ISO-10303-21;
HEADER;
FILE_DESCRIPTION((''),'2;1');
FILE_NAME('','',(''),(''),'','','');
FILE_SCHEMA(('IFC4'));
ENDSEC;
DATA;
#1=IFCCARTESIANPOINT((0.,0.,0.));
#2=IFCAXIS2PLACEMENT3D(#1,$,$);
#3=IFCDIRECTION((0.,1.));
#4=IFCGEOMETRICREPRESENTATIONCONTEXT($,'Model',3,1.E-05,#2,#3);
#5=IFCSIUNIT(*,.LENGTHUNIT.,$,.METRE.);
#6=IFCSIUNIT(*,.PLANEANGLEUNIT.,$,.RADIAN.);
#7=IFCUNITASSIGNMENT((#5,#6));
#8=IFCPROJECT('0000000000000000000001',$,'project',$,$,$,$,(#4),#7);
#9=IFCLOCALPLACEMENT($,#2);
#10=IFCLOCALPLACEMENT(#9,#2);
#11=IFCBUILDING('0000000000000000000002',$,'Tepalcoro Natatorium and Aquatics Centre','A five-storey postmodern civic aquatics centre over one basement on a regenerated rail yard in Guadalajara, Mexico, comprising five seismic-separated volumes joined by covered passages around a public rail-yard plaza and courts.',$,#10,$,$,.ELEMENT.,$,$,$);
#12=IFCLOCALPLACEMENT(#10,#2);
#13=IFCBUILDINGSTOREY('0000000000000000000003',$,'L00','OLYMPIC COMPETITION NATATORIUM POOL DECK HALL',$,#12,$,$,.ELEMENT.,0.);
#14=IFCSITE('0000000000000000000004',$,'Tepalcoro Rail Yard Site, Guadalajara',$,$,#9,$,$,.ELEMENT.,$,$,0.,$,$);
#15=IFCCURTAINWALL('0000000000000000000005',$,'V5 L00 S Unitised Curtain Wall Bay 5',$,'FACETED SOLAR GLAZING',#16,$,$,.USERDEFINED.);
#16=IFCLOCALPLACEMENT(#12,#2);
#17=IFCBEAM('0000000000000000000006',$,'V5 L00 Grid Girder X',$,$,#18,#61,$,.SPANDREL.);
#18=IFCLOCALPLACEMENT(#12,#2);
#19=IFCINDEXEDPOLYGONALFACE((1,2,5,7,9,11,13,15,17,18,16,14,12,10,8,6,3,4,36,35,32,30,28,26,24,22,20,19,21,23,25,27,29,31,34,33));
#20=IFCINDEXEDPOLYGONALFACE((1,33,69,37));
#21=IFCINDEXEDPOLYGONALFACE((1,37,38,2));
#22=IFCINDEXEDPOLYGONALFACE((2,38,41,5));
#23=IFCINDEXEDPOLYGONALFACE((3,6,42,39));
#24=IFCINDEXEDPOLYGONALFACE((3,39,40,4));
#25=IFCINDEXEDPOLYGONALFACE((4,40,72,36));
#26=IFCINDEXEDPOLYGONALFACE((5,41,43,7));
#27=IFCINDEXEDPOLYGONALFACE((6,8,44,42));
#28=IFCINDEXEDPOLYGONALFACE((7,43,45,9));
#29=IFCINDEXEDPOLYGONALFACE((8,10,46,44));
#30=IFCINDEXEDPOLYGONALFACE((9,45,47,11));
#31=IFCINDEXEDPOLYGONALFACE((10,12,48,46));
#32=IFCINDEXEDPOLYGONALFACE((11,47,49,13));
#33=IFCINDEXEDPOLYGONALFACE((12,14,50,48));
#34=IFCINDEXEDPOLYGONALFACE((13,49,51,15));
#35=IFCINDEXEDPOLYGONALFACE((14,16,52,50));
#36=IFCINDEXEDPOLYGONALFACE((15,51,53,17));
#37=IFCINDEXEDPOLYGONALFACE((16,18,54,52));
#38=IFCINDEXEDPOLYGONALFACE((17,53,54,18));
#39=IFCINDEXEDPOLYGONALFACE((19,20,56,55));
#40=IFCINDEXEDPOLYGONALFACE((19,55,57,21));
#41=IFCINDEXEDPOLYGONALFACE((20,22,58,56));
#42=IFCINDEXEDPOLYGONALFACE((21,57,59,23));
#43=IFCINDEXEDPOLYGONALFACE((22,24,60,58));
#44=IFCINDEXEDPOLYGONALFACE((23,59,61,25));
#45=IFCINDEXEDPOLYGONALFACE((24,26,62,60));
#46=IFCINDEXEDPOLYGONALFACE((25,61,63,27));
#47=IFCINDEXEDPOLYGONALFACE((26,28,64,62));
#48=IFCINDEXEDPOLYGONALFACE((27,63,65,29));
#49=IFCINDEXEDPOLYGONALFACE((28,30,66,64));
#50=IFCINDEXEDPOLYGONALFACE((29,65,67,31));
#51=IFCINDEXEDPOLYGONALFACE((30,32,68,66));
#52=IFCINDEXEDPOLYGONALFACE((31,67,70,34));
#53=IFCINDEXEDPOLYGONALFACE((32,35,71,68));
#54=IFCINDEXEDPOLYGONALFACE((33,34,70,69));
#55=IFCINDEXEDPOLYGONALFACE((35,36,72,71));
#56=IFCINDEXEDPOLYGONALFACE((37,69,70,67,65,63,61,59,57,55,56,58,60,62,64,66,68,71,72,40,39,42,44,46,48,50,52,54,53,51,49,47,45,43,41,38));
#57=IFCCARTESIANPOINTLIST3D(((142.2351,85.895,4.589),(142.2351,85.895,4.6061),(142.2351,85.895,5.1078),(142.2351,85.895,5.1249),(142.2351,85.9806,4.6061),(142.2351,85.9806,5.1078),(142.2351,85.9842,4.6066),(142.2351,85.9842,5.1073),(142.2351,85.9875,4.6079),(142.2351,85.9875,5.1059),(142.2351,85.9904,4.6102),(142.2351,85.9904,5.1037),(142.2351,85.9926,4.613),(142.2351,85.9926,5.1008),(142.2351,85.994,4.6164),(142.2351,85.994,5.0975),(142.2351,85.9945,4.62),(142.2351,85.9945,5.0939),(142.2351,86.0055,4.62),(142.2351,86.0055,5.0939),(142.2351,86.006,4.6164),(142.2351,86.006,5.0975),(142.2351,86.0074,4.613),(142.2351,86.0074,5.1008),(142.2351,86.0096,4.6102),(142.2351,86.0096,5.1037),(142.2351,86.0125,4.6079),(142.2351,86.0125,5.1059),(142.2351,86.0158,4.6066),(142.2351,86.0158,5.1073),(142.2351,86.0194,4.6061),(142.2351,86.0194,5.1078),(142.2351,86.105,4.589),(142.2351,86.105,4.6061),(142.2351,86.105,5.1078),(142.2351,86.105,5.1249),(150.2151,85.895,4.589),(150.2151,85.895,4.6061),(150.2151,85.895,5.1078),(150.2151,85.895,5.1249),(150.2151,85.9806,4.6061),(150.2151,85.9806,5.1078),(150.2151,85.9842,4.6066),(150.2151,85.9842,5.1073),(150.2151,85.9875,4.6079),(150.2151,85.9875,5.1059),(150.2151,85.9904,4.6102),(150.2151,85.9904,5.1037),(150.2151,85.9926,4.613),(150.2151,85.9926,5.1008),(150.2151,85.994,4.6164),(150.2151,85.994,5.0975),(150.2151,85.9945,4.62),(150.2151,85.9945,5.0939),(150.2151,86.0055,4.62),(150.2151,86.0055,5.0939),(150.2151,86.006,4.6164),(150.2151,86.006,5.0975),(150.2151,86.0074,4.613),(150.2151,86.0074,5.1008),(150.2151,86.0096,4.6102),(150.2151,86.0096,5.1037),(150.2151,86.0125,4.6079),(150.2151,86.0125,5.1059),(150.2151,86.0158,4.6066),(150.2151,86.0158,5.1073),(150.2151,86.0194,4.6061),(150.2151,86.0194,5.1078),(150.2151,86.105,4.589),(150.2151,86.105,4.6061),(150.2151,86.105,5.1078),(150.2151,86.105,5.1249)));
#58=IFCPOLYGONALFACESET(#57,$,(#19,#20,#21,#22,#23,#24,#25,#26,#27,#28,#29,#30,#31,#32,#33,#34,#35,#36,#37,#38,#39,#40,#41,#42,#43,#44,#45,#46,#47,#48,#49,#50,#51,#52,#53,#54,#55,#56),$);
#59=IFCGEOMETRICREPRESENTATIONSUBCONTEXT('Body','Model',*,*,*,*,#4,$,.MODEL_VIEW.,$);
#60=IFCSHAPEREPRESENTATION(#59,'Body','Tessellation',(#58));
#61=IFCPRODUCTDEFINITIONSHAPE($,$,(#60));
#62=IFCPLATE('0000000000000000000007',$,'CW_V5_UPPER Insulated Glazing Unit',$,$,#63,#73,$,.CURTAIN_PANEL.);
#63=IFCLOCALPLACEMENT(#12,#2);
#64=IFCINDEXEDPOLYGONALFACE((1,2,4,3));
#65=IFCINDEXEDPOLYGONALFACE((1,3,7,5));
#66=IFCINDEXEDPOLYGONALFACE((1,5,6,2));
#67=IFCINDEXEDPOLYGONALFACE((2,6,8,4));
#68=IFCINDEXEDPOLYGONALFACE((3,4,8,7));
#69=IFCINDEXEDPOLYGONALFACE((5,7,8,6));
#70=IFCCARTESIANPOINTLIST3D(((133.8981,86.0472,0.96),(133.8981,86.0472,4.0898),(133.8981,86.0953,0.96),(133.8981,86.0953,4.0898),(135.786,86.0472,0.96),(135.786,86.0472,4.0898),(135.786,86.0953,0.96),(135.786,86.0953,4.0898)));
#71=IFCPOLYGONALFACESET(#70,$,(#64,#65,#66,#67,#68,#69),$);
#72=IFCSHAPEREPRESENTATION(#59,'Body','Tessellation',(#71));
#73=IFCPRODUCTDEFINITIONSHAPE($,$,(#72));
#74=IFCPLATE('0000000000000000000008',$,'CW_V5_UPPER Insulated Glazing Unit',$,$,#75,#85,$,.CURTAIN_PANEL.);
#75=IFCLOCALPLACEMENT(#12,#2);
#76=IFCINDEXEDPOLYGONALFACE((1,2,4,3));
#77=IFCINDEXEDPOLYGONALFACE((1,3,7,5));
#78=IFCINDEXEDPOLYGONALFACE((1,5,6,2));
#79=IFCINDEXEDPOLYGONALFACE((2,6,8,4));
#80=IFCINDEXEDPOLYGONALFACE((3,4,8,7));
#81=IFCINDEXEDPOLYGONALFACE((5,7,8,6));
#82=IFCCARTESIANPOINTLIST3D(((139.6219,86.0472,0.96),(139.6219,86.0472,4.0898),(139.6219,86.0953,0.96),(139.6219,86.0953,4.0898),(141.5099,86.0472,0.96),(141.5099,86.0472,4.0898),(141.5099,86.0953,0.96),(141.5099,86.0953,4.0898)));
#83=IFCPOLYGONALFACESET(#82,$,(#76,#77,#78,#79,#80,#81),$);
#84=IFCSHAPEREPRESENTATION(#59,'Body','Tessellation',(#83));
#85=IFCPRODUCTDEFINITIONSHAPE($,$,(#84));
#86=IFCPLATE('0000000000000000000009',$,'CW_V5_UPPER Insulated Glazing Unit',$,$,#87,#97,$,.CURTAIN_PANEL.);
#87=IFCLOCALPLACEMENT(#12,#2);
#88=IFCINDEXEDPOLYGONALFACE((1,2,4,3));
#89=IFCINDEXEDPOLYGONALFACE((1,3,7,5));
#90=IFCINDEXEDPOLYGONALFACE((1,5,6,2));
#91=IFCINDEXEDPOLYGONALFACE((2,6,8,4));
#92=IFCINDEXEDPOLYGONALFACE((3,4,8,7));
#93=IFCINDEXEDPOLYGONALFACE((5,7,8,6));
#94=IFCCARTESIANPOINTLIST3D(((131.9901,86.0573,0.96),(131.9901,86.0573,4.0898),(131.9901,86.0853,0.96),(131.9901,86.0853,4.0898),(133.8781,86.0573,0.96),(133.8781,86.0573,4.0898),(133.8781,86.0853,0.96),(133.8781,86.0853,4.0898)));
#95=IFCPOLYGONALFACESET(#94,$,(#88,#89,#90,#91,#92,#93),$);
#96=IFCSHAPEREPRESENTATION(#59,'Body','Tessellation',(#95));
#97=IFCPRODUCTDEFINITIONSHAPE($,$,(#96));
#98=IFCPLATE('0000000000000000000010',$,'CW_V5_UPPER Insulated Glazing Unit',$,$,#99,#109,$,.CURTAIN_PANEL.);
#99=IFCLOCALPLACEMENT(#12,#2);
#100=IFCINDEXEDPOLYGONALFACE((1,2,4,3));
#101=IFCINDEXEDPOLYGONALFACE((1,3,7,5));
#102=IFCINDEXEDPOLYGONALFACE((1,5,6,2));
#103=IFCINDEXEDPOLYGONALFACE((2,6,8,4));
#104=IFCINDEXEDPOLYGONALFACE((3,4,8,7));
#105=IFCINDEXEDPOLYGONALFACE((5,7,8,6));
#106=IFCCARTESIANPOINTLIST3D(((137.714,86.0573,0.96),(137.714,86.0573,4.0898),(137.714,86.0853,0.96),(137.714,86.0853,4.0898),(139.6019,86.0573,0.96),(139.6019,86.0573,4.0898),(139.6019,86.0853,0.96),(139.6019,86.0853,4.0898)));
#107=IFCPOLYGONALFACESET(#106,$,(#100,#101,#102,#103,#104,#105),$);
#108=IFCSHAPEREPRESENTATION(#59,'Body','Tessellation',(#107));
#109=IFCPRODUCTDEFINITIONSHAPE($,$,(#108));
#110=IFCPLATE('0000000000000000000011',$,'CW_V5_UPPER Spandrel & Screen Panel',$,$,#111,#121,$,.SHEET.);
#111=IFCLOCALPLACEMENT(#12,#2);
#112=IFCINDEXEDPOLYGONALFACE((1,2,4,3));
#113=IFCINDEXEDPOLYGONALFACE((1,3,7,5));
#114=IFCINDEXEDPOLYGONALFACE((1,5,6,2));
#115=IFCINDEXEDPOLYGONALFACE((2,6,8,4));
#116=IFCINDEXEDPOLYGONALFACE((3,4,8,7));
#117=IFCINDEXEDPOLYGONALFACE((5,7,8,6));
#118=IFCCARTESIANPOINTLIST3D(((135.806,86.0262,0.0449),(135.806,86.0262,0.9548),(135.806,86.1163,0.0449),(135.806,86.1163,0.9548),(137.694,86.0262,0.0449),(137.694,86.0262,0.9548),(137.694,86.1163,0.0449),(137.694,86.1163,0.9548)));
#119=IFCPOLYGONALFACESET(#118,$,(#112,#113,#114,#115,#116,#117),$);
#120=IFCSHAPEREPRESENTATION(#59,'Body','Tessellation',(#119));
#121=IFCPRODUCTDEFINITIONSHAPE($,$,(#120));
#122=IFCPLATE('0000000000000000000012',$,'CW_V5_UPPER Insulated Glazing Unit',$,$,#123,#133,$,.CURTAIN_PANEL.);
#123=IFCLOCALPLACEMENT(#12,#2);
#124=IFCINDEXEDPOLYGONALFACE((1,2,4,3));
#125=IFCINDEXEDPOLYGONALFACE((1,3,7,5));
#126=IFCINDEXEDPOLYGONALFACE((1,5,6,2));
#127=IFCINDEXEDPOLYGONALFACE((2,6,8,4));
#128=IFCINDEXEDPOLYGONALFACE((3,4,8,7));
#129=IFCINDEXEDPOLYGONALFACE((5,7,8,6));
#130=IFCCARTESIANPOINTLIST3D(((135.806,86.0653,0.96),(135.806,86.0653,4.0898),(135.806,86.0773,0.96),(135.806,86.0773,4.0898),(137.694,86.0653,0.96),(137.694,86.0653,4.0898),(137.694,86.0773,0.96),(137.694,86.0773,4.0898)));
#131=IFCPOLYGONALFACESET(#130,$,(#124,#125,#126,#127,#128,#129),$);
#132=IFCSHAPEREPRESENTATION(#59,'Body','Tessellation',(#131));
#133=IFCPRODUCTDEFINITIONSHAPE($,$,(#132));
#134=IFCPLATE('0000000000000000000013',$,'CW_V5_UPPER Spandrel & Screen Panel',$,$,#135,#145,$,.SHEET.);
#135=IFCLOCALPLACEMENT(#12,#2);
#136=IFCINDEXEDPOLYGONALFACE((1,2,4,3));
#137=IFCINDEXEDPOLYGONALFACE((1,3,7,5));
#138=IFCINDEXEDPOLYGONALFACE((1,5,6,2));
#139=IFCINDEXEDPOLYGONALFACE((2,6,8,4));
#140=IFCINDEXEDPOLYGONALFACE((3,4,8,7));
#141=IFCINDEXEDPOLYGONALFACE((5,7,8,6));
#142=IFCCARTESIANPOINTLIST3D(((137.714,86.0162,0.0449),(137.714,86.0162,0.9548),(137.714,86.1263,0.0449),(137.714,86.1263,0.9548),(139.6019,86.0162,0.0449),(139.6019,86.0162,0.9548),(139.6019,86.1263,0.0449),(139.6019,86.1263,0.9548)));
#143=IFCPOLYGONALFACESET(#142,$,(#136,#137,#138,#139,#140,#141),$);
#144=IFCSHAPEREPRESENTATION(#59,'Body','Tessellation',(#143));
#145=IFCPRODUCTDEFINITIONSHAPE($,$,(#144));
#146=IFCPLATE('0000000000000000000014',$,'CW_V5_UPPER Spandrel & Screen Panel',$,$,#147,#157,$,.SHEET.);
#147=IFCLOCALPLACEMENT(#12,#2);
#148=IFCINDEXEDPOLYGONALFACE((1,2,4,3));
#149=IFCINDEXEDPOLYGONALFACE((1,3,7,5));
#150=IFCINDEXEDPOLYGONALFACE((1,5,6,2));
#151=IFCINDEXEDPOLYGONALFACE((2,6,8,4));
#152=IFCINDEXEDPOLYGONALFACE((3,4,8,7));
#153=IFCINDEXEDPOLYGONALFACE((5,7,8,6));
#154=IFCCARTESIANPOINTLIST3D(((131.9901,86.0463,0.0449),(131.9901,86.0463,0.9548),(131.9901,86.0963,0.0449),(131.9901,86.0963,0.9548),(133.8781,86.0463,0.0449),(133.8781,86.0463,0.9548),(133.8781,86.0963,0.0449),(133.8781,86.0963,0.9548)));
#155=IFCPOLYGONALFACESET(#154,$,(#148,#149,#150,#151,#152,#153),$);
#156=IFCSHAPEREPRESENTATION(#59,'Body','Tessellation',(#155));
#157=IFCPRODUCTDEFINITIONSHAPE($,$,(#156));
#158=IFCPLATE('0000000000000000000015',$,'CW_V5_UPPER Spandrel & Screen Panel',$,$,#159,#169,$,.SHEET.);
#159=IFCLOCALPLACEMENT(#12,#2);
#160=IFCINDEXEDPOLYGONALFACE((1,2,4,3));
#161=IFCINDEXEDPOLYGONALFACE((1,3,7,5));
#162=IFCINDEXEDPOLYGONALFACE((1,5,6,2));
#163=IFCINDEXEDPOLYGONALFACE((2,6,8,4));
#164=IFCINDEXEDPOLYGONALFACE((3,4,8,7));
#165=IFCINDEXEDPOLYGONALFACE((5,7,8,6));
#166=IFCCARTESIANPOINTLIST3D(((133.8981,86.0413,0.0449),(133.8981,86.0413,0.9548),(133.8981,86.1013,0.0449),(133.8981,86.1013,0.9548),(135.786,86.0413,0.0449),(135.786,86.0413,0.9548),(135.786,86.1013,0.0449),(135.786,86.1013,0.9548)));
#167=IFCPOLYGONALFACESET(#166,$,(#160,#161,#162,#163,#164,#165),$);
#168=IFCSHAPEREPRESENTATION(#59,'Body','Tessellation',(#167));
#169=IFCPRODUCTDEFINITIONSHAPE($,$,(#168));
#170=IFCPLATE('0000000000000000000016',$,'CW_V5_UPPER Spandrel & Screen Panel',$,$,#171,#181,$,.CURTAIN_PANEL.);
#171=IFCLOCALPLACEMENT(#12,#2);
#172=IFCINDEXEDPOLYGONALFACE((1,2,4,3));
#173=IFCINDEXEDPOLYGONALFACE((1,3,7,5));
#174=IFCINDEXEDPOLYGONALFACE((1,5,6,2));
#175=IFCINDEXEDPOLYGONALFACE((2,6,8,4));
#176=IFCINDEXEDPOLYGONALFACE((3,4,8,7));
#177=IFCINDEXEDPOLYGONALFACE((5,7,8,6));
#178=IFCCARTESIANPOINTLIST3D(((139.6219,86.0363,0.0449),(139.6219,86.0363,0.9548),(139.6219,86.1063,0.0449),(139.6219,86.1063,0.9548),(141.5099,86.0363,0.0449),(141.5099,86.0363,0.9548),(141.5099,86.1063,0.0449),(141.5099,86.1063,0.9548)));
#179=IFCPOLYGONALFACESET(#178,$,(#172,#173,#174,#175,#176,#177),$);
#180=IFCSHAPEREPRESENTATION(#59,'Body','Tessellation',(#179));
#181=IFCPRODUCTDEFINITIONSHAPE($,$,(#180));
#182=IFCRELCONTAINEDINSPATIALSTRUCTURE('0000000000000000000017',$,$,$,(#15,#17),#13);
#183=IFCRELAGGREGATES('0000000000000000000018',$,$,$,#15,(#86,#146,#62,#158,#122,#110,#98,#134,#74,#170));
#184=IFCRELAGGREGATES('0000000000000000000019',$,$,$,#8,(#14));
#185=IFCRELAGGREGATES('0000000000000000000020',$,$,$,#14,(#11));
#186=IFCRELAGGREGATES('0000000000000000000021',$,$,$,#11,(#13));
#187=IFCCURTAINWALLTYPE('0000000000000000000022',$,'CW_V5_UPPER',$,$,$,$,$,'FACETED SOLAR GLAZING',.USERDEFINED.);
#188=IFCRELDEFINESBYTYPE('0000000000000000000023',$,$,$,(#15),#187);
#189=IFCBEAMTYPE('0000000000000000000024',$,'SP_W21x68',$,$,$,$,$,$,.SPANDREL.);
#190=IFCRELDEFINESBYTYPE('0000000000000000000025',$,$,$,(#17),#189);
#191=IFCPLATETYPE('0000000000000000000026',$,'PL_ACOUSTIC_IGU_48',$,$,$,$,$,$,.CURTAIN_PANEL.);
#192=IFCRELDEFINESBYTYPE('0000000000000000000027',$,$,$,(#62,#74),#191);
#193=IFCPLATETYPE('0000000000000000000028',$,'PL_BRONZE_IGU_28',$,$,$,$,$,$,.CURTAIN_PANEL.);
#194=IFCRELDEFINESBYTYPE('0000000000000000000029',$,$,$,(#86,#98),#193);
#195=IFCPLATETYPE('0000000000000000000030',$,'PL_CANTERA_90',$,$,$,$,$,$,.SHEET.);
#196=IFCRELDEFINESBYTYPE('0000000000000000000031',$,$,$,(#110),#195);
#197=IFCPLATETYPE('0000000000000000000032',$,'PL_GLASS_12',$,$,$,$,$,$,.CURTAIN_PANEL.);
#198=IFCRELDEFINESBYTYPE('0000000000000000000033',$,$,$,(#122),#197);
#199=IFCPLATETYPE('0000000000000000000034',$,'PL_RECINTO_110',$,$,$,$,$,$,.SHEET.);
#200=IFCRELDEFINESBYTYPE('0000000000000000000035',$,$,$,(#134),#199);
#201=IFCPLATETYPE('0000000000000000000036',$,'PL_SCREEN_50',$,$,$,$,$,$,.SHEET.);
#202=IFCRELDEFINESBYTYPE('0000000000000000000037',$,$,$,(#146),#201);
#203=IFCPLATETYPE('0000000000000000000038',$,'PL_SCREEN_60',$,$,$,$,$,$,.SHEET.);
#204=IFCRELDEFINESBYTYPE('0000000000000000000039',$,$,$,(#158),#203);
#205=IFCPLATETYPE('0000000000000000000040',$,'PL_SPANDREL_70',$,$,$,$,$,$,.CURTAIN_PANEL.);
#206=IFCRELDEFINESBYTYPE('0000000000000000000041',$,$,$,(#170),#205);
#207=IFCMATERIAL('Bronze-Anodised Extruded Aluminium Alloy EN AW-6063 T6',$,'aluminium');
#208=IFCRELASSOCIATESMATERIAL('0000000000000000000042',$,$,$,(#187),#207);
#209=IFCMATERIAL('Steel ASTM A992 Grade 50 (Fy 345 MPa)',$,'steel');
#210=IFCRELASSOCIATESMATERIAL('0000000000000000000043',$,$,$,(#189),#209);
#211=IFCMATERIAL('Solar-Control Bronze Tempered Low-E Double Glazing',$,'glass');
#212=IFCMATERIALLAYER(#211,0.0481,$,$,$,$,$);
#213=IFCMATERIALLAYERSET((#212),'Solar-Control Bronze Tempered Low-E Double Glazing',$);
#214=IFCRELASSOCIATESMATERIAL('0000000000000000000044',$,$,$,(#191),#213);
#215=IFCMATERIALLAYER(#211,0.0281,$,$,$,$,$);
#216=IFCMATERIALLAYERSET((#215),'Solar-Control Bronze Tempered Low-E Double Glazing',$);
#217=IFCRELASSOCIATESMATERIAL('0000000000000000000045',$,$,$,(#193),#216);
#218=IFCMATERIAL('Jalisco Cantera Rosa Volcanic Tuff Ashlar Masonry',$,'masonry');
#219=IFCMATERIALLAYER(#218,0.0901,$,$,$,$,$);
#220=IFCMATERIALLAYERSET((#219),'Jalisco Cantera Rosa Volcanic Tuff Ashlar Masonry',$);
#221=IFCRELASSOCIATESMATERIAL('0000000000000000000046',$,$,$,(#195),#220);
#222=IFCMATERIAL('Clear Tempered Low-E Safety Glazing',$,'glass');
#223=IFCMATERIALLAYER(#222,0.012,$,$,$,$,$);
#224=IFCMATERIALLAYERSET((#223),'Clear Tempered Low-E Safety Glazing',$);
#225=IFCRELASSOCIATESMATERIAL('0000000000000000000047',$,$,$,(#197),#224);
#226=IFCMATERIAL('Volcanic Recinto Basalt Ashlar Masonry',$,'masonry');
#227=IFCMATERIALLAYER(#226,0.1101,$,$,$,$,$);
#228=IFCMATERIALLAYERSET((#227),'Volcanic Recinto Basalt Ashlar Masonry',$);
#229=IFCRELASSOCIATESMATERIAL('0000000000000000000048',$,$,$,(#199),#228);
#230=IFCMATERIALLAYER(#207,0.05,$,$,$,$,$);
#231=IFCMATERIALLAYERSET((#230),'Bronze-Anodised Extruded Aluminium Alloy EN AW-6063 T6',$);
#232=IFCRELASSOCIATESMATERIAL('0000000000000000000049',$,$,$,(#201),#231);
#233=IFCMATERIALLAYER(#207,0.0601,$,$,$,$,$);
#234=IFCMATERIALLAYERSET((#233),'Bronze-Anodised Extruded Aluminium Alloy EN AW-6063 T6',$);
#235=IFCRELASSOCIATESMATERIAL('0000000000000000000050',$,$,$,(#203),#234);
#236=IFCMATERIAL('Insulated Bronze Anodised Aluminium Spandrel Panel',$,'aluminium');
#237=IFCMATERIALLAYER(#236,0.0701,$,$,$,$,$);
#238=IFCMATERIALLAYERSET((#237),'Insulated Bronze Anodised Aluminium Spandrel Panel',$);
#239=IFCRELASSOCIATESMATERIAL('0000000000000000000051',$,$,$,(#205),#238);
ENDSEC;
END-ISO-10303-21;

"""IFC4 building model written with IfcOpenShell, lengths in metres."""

from ifc_helpers import new_model, si_unit, direction, frame, origin, origin_2d, place, context, subcontext, project, spatial, rectangle, i_section, extrude, material, layer, layer_set, material_profile, profile_set, type_object, element, aggregate, save


model = new_model("IFC4")

# Units and contexts
model_context = context("Model", 3, precision=1e-05, world=origin(), true_north=direction((0.0, 1.0)))
body_context = subcontext(model_context, "Body", "Model", "MODEL_VIEW")
ifc_project = project(units=[si_unit("LENGTHUNIT", "METRE"), si_unit("PLANEANGLEUNIT", "RADIAN")], contexts=[model_context])

# Site, building, storey
site_placement = place(None, origin())
site = spatial("IfcSite", under=ifc_project, at=site_placement, Name="Tepalcoro Rail Yard Site, Guadalajara", CompositionType="ELEMENT", RefElevation=0.0)
building_placement = place(site_placement, origin())
building = spatial("IfcBuilding", under=site, at=building_placement, Name="Tepalcoro Natatorium and Aquatics Centre", Description="A five-storey postmodern civic aquatics centre over one basement on a regenerated rail yard in Guadalajara, Mexico, comprising five seismic-separated volumes joined by covered passages around a public rail-yard plaza and courts.", CompositionType="ELEMENT")
storey_placement = place(building_placement, origin())
storey = spatial("IfcBuildingStorey", under=building, at=storey_placement, Name="L00", Description="OLYMPIC COMPETITION NATATORIUM POOL DECK HALL", CompositionType="ELEMENT", Elevation=0.0)

# Shared definitions
ifc_material_1 = material(Name="Bronze-Anodised Extruded Aluminium Alloy EN AW-6063 T6", Category="aluminium")

# Curtain wall
curtain_wall_type_1 = type_object("IfcCurtainWallType", Name="CW_V5_UPPER", ElementType="FACETED SOLAR GLAZING", PredefinedType="USERDEFINED", material=ifc_material_1)
curtain_wall_1_placement = place(storey_placement, origin())
curtain_wall_1 = element("IfcCurtainWall", 1, at=curtain_wall_1_placement, inside=storey, type_object=curtain_wall_type_1, Name="V5 L00 S Unitised Curtain Wall Bay 5", ObjectType="FACETED SOLAR GLAZING", PredefinedType="USERDEFINED")

# Beam
ifc_material_2 = material(Name="Steel ASTM A992 Grade 50 (Fy 345 MPa)", Category="steel")
ifc_material_profile_1 = material_profile(ifc_material_2, i_section(OverallWidth=0.21, OverallDepth=0.5359, WebThickness=0.011, FlangeThickness=0.0171, FilletRadius=0.0139, at=origin_2d()), Name="W21X68")
ifc_profile_set_1 = profile_set([ifc_material_profile_1], Name="Steel ASTM A992 Grade 50 (Fy 345 MPa)")
beam_type_1 = type_object("IfcBeamType", Name="SP_W21x68", PredefinedType="SPANDREL", material=ifc_profile_set_1)
beam_1_placement = place(storey_placement, frame((142.2351, 86.0, 4.8569), z_axis=(1.0, 0.0, 0.0), x_axis=(0.0, 1.0, 0.0)))
element("IfcBeam", 2, at=beam_1_placement, inside=storey, type_object=beam_type_1, Name="V5 L00 Grid Girder X", PredefinedType="SPANDREL", context=body_context, shape_type="SweptSolid", body=[
    extrude(i_section(OverallWidth=0.21, OverallDepth=0.5359, WebThickness=0.011, FlangeThickness=0.0171, FilletRadius=0.0139, at=origin_2d()), origin(), (0.0, 0.0, 1.0), 7.98),
])

# Plates
ifc_material_3 = material(Name="Solar-Control Bronze Tempered Low-E Double Glazing", Category="glass")
ifc_layer_1 = layer(ifc_material_3, 0.0481)
ifc_layer_set_1 = layer_set([ifc_layer_1], Name="Solar-Control Bronze Tempered Low-E Double Glazing")
plate_type_1 = type_object("IfcPlateType", Name="PL_ACOUSTIC_IGU_48", PredefinedType="CURTAIN_PANEL", material=ifc_layer_set_1)
plate_1_placement = place(storey_placement, frame((134.842, 86.0713, 0.96), z_axis=(0.0, 0.0, 1.0), x_axis=(1.0, 0.0, 0.0)))
plate_1 = element("IfcPlate", 3, at=plate_1_placement, type_object=plate_type_1, Name="CW_V5_UPPER Insulated Glazing Unit", PredefinedType="CURTAIN_PANEL", context=body_context, shape_type="SweptSolid", body=[
    extrude(rectangle(XDim=1.8879, YDim=0.0481, at=origin_2d()), origin(), (0.0, 0.0, 1.0), 3.1299),
])
plate_2_placement = place(storey_placement, frame((140.5659, 86.0713, 0.96), z_axis=(0.0, 0.0, 1.0), x_axis=(1.0, 0.0, 0.0)))
plate_2 = element("IfcPlate", 4, at=plate_2_placement, type_object=plate_type_1, Name="CW_V5_UPPER Insulated Glazing Unit", PredefinedType="CURTAIN_PANEL", context=body_context, shape_type="SweptSolid", body=[
    extrude(rectangle(XDim=1.8879, YDim=0.0481, at=origin_2d()), origin(), (0.0, 0.0, 1.0), 3.1299),
])
ifc_layer_2 = layer(ifc_material_3, 0.0281)
ifc_layer_set_2 = layer_set([ifc_layer_2], Name="Solar-Control Bronze Tempered Low-E Double Glazing")
plate_type_2 = type_object("IfcPlateType", Name="PL_BRONZE_IGU_28", PredefinedType="CURTAIN_PANEL", material=ifc_layer_set_2)
plate_3_placement = place(storey_placement, frame((132.9341, 86.0713, 0.96), z_axis=(0.0, 0.0, 1.0), x_axis=(1.0, 0.0, 0.0)))
plate_3 = element("IfcPlate", 5, at=plate_3_placement, type_object=plate_type_2, Name="CW_V5_UPPER Insulated Glazing Unit", PredefinedType="CURTAIN_PANEL", context=body_context, shape_type="SweptSolid", body=[
    extrude(rectangle(XDim=1.8879, YDim=0.0281, at=origin_2d()), origin(), (0.0, 0.0, 1.0), 3.1299),
])
plate_4_placement = place(storey_placement, frame((138.658, 86.0713, 0.96), z_axis=(0.0, 0.0, 1.0), x_axis=(1.0, 0.0, 0.0)))
plate_4 = element("IfcPlate", 6, at=plate_4_placement, type_object=plate_type_2, Name="CW_V5_UPPER Insulated Glazing Unit", PredefinedType="CURTAIN_PANEL", context=body_context, shape_type="SweptSolid", body=[
    extrude(rectangle(XDim=1.8879, YDim=0.0281, at=origin_2d()), origin(), (0.0, 0.0, 1.0), 3.1299),
])
ifc_material_4 = material(Name="Jalisco Cantera Rosa Volcanic Tuff Ashlar Masonry", Category="masonry")
ifc_layer_3 = layer(ifc_material_4, 0.0901)
ifc_layer_set_3 = layer_set([ifc_layer_3], Name="Jalisco Cantera Rosa Volcanic Tuff Ashlar Masonry")
plate_type_3 = type_object("IfcPlateType", Name="PL_CANTERA_90", PredefinedType="SHEET", material=ifc_layer_set_3)
plate_5_placement = place(storey_placement, frame((136.75, 86.0713, 0.0449), z_axis=(0.0, 0.0, 1.0), x_axis=(1.0, 0.0, 0.0)))
plate_5 = element("IfcPlate", 7, at=plate_5_placement, type_object=plate_type_3, Name="CW_V5_UPPER Spandrel & Screen Panel", PredefinedType="SHEET", context=body_context, shape_type="SweptSolid", body=[
    extrude(rectangle(XDim=1.8879, YDim=0.0901, at=origin_2d()), origin(), (0.0, 0.0, 1.0), 0.9099),
])
ifc_material_5 = material(Name="Clear Tempered Low-E Safety Glazing", Category="glass")
ifc_layer_4 = layer(ifc_material_5, 0.012)
ifc_layer_set_4 = layer_set([ifc_layer_4], Name="Clear Tempered Low-E Safety Glazing")
plate_type_4 = type_object("IfcPlateType", Name="PL_GLASS_12", PredefinedType="CURTAIN_PANEL", material=ifc_layer_set_4)
plate_6_placement = place(storey_placement, frame((136.75, 86.0713, 0.96), z_axis=(0.0, 0.0, 1.0), x_axis=(1.0, 0.0, 0.0)))
plate_6 = element("IfcPlate", 8, at=plate_6_placement, type_object=plate_type_4, Name="CW_V5_UPPER Insulated Glazing Unit", PredefinedType="CURTAIN_PANEL", context=body_context, shape_type="SweptSolid", body=[
    extrude(rectangle(XDim=1.8879, YDim=0.012, at=origin_2d()), origin(), (0.0, 0.0, 1.0), 3.1299),
])
ifc_material_6 = material(Name="Volcanic Recinto Basalt Ashlar Masonry", Category="masonry")
ifc_layer_5 = layer(ifc_material_6, 0.1101)
ifc_layer_set_5 = layer_set([ifc_layer_5], Name="Volcanic Recinto Basalt Ashlar Masonry")
plate_type_5 = type_object("IfcPlateType", Name="PL_RECINTO_110", PredefinedType="SHEET", material=ifc_layer_set_5)
plate_7_placement = place(storey_placement, frame((138.658, 86.0713, 0.0449), z_axis=(0.0, 0.0, 1.0), x_axis=(1.0, 0.0, 0.0)))
plate_7 = element("IfcPlate", 9, at=plate_7_placement, type_object=plate_type_5, Name="CW_V5_UPPER Spandrel & Screen Panel", PredefinedType="SHEET", context=body_context, shape_type="SweptSolid", body=[
    extrude(rectangle(XDim=1.8879, YDim=0.1101, at=origin_2d()), origin(), (0.0, 0.0, 1.0), 0.9099),
])
ifc_layer_6 = layer(ifc_material_1, 0.05)
ifc_layer_set_6 = layer_set([ifc_layer_6], Name="Bronze-Anodised Extruded Aluminium Alloy EN AW-6063 T6")
plate_type_6 = type_object("IfcPlateType", Name="PL_SCREEN_50", PredefinedType="SHEET", material=ifc_layer_set_6)
plate_8_placement = place(storey_placement, frame((132.9341, 86.0713, 0.0449), z_axis=(0.0, 0.0, 1.0), x_axis=(1.0, 0.0, 0.0)))
plate_8 = element("IfcPlate", 10, at=plate_8_placement, type_object=plate_type_6, Name="CW_V5_UPPER Spandrel & Screen Panel", PredefinedType="SHEET", context=body_context, shape_type="SweptSolid", body=[
    extrude(rectangle(XDim=1.8879, YDim=0.05, at=origin_2d()), origin(), (0.0, 0.0, 1.0), 0.9099),
])
ifc_layer_7 = layer(ifc_material_1, 0.0601)
ifc_layer_set_7 = layer_set([ifc_layer_7], Name="Bronze-Anodised Extruded Aluminium Alloy EN AW-6063 T6")
plate_type_7 = type_object("IfcPlateType", Name="PL_SCREEN_60", PredefinedType="SHEET", material=ifc_layer_set_7)
plate_9_placement = place(storey_placement, frame((134.842, 86.0713, 0.0449), z_axis=(0.0, 0.0, 1.0), x_axis=(1.0, 0.0, 0.0)))
plate_9 = element("IfcPlate", 11, at=plate_9_placement, type_object=plate_type_7, Name="CW_V5_UPPER Spandrel & Screen Panel", PredefinedType="SHEET", context=body_context, shape_type="SweptSolid", body=[
    extrude(rectangle(XDim=1.8879, YDim=0.0601, at=origin_2d()), origin(), (0.0, 0.0, 1.0), 0.9099),
])
ifc_material_7 = material(Name="Insulated Bronze Anodised Aluminium Spandrel Panel", Category="aluminium")
ifc_layer_8 = layer(ifc_material_7, 0.0701)
ifc_layer_set_8 = layer_set([ifc_layer_8], Name="Insulated Bronze Anodised Aluminium Spandrel Panel")
plate_type_8 = type_object("IfcPlateType", Name="PL_SPANDREL_70", PredefinedType="CURTAIN_PANEL", material=ifc_layer_set_8)
plate_10_placement = place(storey_placement, frame((140.5659, 86.0713, 0.0449), z_axis=(0.0, 0.0, 1.0), x_axis=(1.0, 0.0, 0.0)))
plate_10 = element("IfcPlate", 12, at=plate_10_placement, type_object=plate_type_8, Name="CW_V5_UPPER Spandrel & Screen Panel", PredefinedType="CURTAIN_PANEL", context=body_context, shape_type="SweptSolid", body=[
    extrude(rectangle(XDim=1.8879, YDim=0.0701, at=origin_2d()), origin(), (0.0, 0.0, 1.0), 0.9099),
])
aggregate(curtain_wall_1, [plate_3, plate_8, plate_1, plate_9, plate_6, plate_5, plate_4, plate_7, plate_2, plate_10])

save(model, "model.ifc")
